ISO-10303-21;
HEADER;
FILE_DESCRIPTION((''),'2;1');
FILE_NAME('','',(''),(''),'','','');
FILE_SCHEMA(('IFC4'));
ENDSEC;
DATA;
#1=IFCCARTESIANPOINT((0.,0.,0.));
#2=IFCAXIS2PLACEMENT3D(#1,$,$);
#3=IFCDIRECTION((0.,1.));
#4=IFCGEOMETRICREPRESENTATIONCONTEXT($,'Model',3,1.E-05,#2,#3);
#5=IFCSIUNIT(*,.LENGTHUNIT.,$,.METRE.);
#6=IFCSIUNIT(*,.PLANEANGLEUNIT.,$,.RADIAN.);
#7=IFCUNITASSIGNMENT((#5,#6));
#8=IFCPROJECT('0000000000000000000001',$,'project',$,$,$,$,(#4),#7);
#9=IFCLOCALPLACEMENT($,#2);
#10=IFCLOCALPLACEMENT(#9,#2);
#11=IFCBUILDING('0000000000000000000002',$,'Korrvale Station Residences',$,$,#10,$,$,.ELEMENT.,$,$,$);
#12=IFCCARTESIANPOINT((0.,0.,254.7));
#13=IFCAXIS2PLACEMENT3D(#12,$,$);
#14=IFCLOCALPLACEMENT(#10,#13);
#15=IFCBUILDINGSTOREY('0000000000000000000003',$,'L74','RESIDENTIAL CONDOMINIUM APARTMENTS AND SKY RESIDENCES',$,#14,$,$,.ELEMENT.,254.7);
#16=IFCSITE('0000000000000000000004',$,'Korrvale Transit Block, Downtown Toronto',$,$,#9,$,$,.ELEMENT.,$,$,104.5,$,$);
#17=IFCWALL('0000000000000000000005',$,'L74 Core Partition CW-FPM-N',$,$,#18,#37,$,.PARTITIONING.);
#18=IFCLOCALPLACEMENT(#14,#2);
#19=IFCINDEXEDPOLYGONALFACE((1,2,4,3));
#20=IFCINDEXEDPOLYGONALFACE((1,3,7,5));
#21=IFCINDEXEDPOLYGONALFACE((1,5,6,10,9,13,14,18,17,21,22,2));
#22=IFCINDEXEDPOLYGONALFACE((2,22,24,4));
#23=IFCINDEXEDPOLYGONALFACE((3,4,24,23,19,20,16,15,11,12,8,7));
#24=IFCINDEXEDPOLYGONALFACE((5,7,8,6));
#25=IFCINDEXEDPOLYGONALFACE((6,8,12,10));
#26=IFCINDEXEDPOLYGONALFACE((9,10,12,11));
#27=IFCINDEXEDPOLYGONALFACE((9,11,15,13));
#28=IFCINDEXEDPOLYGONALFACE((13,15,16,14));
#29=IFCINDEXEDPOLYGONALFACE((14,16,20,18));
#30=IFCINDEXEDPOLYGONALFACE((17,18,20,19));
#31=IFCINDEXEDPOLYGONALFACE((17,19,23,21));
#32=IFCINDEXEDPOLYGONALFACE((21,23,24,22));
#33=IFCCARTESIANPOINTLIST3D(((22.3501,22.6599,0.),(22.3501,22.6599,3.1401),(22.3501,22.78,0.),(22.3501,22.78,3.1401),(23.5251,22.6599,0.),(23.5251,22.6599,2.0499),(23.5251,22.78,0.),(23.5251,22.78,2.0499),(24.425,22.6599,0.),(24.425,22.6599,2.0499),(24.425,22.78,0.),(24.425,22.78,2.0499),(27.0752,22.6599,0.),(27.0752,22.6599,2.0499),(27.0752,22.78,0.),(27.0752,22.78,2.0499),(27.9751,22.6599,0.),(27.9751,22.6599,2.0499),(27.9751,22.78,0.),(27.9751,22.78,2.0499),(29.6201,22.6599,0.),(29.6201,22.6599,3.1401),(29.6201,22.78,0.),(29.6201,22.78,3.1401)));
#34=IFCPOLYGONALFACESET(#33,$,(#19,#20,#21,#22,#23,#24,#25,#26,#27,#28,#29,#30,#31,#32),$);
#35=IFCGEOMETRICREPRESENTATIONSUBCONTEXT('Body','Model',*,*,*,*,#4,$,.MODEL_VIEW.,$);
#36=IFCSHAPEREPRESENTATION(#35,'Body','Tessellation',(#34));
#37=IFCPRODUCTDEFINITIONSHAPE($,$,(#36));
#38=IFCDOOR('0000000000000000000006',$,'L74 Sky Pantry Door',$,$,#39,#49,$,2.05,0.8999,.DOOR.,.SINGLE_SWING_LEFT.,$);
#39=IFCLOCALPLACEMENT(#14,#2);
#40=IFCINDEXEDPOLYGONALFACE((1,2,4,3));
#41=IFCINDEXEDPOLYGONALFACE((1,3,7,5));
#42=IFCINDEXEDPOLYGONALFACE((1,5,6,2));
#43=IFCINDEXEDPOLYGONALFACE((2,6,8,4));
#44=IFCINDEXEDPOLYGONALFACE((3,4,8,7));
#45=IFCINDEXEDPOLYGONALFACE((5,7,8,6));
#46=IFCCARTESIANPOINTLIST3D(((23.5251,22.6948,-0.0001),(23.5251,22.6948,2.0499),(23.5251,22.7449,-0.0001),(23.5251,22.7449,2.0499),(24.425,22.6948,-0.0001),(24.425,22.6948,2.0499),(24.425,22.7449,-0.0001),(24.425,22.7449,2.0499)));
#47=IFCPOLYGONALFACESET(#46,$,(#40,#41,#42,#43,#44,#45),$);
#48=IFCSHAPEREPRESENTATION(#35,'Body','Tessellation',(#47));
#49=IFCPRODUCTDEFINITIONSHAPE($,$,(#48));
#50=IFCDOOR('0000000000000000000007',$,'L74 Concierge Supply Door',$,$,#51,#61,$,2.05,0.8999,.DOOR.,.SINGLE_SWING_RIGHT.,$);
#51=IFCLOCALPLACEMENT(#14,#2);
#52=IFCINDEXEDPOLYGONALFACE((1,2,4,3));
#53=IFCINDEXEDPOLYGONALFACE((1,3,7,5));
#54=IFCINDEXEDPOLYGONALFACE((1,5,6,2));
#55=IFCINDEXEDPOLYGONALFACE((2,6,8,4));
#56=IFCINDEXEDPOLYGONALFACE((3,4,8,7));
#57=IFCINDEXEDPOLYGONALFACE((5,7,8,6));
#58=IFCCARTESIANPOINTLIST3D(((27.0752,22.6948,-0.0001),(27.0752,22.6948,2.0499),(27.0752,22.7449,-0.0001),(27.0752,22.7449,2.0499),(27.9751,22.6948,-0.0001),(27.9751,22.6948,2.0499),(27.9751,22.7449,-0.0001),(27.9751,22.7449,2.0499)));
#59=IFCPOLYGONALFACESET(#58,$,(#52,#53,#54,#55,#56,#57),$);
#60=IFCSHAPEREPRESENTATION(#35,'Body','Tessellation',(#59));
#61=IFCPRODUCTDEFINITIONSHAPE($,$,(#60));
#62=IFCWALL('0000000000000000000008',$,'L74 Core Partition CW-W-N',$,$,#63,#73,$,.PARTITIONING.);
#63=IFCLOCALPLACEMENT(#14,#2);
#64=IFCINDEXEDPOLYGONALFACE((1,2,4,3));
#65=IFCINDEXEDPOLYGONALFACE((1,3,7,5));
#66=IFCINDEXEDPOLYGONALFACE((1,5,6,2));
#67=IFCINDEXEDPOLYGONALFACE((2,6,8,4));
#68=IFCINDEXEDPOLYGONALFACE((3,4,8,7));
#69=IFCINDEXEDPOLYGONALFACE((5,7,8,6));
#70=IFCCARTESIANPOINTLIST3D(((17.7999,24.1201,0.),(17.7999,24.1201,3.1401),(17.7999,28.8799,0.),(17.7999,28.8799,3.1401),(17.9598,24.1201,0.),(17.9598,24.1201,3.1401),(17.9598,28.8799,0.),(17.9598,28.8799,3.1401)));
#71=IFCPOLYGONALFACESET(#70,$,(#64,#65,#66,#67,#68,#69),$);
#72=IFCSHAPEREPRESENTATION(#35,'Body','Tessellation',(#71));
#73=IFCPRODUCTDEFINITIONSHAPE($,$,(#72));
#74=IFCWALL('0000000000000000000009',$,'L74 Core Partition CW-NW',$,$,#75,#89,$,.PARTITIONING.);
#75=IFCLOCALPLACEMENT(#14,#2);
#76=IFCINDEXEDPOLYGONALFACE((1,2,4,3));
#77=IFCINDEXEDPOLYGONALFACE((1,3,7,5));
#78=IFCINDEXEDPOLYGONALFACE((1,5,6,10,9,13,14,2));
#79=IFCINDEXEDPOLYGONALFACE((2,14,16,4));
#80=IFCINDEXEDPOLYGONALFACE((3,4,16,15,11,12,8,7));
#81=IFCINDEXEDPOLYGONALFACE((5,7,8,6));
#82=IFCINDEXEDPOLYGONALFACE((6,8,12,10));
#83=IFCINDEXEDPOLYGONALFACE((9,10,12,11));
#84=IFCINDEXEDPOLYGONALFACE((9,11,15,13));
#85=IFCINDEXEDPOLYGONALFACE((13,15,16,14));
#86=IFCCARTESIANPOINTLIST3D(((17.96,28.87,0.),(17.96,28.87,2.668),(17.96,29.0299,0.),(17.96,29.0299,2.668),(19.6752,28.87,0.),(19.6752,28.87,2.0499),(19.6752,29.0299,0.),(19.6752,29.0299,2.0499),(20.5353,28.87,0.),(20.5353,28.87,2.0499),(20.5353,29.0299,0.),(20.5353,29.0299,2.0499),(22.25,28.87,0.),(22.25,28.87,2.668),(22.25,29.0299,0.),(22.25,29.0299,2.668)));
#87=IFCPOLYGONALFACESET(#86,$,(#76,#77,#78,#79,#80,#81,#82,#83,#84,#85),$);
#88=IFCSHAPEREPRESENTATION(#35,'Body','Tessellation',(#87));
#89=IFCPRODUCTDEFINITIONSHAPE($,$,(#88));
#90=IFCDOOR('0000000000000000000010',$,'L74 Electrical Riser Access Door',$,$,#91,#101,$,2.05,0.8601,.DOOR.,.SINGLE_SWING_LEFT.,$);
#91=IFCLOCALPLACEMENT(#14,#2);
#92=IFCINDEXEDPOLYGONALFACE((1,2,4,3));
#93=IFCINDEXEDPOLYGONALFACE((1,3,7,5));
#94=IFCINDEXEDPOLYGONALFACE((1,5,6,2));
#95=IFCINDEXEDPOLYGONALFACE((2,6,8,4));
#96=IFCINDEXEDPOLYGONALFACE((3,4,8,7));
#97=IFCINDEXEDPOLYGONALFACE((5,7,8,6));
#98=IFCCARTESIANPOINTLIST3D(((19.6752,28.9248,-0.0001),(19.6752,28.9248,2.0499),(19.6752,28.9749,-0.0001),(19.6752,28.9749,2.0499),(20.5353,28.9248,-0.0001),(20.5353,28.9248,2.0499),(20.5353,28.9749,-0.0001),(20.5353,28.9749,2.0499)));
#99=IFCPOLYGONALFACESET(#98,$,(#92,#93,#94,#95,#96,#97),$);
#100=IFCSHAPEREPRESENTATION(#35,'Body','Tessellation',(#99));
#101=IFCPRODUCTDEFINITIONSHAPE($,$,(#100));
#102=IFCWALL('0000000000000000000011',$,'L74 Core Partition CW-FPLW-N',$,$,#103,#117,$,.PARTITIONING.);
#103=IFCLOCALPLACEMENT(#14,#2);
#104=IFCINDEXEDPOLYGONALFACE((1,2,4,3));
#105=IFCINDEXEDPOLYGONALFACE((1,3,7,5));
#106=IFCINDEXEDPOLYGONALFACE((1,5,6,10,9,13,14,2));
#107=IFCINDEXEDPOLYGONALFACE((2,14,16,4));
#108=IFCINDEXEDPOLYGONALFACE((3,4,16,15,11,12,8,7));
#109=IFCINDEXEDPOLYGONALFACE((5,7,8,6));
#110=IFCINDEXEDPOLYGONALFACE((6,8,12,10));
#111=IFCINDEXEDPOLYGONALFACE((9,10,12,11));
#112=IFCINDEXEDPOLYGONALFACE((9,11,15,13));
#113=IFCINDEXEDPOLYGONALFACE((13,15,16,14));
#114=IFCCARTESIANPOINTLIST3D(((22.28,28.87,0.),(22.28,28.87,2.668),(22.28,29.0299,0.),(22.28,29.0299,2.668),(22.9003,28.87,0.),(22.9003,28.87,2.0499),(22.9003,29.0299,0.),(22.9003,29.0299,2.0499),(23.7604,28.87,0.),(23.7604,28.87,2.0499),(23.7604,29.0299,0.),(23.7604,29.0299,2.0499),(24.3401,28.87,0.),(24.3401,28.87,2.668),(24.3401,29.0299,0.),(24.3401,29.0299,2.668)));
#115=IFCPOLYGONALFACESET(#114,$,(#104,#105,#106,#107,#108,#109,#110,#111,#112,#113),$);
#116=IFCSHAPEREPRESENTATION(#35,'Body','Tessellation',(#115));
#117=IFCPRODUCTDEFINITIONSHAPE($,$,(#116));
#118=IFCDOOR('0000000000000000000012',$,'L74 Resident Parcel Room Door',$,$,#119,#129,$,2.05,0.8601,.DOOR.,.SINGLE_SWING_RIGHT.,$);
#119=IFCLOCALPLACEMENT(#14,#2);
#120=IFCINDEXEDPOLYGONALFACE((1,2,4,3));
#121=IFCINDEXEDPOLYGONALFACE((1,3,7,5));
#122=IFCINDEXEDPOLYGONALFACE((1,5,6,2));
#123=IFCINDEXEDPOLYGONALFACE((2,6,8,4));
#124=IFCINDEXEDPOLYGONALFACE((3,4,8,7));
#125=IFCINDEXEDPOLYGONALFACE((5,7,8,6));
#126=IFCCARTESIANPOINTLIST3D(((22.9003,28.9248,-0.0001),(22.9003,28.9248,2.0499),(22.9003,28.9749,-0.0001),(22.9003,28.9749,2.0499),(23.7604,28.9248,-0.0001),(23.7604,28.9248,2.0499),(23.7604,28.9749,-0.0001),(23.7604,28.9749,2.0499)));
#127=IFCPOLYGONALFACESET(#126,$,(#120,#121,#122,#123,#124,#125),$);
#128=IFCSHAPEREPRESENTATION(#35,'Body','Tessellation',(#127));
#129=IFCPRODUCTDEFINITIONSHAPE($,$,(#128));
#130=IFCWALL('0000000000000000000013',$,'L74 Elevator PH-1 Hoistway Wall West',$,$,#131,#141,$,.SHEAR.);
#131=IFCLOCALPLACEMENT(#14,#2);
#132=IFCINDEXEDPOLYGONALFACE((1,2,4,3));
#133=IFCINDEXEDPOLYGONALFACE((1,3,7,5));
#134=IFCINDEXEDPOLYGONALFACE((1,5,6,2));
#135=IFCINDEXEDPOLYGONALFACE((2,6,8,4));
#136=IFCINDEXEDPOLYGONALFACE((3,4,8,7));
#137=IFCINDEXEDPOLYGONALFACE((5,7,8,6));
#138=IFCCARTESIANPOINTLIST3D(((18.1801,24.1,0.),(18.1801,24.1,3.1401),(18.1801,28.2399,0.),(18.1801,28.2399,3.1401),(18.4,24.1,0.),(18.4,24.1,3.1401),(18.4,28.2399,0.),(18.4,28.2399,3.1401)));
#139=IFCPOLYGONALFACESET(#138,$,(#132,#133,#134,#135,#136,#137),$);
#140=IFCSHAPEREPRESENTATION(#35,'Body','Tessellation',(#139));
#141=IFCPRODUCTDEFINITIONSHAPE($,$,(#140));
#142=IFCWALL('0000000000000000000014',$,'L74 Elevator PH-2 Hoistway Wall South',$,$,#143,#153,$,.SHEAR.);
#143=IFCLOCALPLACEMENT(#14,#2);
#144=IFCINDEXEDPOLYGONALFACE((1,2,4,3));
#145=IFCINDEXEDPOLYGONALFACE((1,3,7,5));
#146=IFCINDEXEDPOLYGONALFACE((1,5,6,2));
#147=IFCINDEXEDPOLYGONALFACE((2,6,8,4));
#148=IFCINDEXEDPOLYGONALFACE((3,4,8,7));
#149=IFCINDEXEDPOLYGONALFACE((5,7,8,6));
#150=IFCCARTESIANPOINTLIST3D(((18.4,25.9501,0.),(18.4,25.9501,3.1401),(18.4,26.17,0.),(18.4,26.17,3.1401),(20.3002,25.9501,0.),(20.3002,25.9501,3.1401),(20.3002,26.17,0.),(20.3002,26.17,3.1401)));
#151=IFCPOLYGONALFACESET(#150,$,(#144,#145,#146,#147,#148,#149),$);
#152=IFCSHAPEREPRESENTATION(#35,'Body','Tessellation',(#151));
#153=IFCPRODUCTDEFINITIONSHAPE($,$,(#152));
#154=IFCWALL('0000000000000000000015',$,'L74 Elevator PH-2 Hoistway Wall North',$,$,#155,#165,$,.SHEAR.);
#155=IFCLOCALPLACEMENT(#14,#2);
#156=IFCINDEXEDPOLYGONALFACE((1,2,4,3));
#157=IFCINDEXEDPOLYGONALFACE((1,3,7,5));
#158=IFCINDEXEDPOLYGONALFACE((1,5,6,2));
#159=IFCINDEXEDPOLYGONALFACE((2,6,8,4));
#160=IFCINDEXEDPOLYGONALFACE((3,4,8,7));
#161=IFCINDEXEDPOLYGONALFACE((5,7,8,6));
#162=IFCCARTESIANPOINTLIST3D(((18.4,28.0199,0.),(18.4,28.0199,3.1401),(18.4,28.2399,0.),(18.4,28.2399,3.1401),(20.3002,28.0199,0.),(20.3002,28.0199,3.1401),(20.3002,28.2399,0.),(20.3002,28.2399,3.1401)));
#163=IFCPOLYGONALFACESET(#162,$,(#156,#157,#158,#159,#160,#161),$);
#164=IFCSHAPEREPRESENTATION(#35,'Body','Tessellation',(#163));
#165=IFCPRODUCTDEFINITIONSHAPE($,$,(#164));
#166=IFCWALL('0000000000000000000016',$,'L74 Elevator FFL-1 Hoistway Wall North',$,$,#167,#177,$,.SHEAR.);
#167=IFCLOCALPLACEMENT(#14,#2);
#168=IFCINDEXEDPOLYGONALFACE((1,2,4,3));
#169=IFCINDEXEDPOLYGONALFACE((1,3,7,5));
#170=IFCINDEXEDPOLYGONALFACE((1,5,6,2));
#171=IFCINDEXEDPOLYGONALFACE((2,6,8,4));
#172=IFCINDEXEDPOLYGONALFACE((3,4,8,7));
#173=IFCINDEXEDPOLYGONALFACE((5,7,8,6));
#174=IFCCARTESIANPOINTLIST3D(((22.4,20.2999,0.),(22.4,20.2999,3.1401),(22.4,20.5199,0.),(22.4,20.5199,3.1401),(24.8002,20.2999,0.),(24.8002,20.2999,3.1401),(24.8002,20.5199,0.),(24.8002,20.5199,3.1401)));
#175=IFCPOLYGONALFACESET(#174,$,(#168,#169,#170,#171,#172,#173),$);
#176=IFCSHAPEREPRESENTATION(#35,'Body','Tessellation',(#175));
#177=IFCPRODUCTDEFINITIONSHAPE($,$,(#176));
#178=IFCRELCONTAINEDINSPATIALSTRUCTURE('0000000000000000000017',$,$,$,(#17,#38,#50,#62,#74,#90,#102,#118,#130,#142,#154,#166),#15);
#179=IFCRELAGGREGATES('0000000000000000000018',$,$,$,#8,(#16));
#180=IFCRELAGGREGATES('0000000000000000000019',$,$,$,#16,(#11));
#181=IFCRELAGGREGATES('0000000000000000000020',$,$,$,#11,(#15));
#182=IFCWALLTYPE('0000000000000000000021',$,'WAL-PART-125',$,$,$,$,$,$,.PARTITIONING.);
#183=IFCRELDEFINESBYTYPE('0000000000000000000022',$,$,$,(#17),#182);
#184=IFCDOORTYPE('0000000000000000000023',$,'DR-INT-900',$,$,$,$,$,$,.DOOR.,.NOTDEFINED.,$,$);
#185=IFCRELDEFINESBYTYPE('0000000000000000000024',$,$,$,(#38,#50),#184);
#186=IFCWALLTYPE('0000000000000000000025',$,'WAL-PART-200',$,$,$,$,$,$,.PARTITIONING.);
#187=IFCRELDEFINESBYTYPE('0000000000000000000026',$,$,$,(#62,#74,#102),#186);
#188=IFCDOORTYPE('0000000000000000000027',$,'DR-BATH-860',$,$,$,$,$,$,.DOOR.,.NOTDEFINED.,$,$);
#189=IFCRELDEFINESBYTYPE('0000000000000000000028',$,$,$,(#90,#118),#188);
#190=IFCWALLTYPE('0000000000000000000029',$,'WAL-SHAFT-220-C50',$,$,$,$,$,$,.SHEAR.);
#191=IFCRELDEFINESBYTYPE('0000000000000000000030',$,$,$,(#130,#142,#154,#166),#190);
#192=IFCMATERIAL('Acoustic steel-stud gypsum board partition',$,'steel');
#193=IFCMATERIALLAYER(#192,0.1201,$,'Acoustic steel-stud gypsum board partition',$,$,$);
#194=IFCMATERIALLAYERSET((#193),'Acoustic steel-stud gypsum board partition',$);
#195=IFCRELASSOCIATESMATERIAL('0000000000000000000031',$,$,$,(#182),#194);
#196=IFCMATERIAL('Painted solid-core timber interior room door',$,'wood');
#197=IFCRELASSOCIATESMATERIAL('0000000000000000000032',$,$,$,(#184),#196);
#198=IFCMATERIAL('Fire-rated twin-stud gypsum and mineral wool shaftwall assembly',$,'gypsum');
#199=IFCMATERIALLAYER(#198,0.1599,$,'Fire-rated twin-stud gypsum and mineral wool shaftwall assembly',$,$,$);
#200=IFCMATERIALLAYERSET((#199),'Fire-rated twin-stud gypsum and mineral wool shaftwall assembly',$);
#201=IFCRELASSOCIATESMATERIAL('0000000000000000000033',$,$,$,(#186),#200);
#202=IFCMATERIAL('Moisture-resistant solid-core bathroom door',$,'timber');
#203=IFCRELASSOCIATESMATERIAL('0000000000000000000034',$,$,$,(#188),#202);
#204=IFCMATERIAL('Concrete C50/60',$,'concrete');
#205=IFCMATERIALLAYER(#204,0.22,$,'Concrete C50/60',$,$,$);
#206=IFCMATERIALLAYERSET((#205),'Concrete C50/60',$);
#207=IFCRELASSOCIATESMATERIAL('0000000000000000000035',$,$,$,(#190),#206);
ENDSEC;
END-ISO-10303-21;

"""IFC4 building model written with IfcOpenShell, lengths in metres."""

from ifc_helpers import new_model, si_unit, direction, frame, frame_2d, origin, place, context, subcontext, project, spatial, rectangle, extrude, material, layer, layer_set, type_object, element, fill, save


model = new_model("IFC4")

# Units and contexts
model_context = context("Model", 3, precision=1e-05, world=origin(), true_north=direction((0.0, 1.0)))
body_context = subcontext(model_context, "Body", "Model", "MODEL_VIEW")
ifc_project = project(units=[si_unit("LENGTHUNIT", "METRE"), si_unit("PLANEANGLEUNIT", "RADIAN")], contexts=[model_context])

# Site, building, storey
site_placement = place(None, origin())
site = spatial("IfcSite", under=ifc_project, at=site_placement, Name="Korrvale Transit Block, Downtown Toronto", CompositionType="ELEMENT", RefElevation=104.5)
building_placement = place(site_placement, origin())
building = spatial("IfcBuilding", under=site, at=building_placement, Name="Korrvale Station Residences", CompositionType="ELEMENT")
storey_placement = place(building_placement, frame((0.0, 0.0, 254.7)))
storey = spatial("IfcBuildingStorey", under=building, at=storey_placement, Name="L74", Description="RESIDENTIAL CONDOMINIUM APARTMENTS AND SKY RESIDENCES", CompositionType="ELEMENT", Elevation=254.7)

# Shared definitions
ifc_material_1 = material(Name="Concrete C50/60", Category="concrete")

# Shared definitions
ifc_material_2 = material(Name="Acoustic steel-stud gypsum board partition", Category="steel")
ifc_layer_1 = layer(ifc_material_2, 0.1201, Name="Acoustic steel-stud gypsum board partition")
ifc_layer_set_1 = layer_set([ifc_layer_1], Name="Acoustic steel-stud gypsum board partition")
wall_type_1 = type_object("IfcWallType", Name="WAL-PART-125", PredefinedType="PARTITIONING", material=ifc_layer_set_1)

# Wall, openings, doors
wall_1_placement = place(storey_placement, frame((22.3501, 22.72, 0.0), z_axis=(0.0, 0.0, 1.0), x_axis=(1.0, 0.0, 0.0)))
wall_1 = element("IfcWall", 1, at=wall_1_placement, inside=storey, type_object=wall_type_1, Name="L74 Core Partition CW-FPM-N", PredefinedType="PARTITIONING", context=body_context, shape_type="SweptSolid", body=[
    extrude(rectangle(XDim=7.27, YDim=0.1201, at=frame_2d((3.635, 0.0))), origin(), (0.0, 0.0, 1.0), 3.1401),
])
opening_1_placement = place(wall_1_placement, frame((1.175, 0.0, 0.0)))
opening_1 = element("IfcOpeningElement", 2, at=opening_1_placement, cuts=wall_1, PredefinedType="OPENING", context=body_context, shape_type="SweptSolid", body=[
    extrude(rectangle(XDim=0.8999, YDim=2.05, at=frame_2d((0.45, 1.0249))), frame((0.0, 0.0701, 0.0), z_axis=(0.0, -1.0, 0.0), x_axis=(1.0, 0.0, 0.0)), (0.0, 0.0, 1.0), 0.1401),
])
opening_2_placement = place(wall_1_placement, frame((4.7251, 0.0, 0.0)))
opening_2 = element("IfcOpeningElement", 3, at=opening_2_placement, cuts=wall_1, PredefinedType="OPENING", context=body_context, shape_type="SweptSolid", body=[
    extrude(rectangle(XDim=0.8999, YDim=2.05, at=frame_2d((0.45, 1.0249))), frame((0.0, 0.0701, 0.0), z_axis=(0.0, -1.0, 0.0), x_axis=(1.0, 0.0, 0.0)), (0.0, 0.0, 1.0), 0.1401),
])
ifc_material_3 = material(Name="Painted solid-core timber interior room door", Category="wood")
door_type_1 = type_object("IfcDoorType", Name="DR-INT-900", OperationType="NOTDEFINED", PredefinedType="DOOR", material=ifc_material_3)
door_1_placement = place(opening_1_placement, origin())
door_1 = element("IfcDoor", 4, at=door_1_placement, inside=storey, type_object=door_type_1, Name="L74 Sky Pantry Door", OperationType="SINGLE_SWING_LEFT", OverallHeight=2.05, OverallWidth=0.8999, PredefinedType="DOOR", context=body_context, shape_type="SweptSolid", body=[
    extrude(rectangle(XDim=0.8999, YDim=2.05, at=frame_2d((0.45, 1.0249))), frame((0.0, 0.0249, 0.0), z_axis=(0.0, -1.0, 0.0), x_axis=(1.0, 0.0, 0.0)), (0.0, 0.0, 1.0), 0.05),
])
fill(opening_1, door_1)
door_2_placement = place(opening_2_placement, origin())
door_2 = element("IfcDoor", 5, at=door_2_placement, inside=storey, type_object=door_type_1, Name="L74 Concierge Supply Door", OperationType="SINGLE_SWING_RIGHT", OverallHeight=2.05, OverallWidth=0.8999, PredefinedType="DOOR", context=body_context, shape_type="SweptSolid", body=[
    extrude(rectangle(XDim=0.8999, YDim=2.05, at=frame_2d((0.45, 1.0249))), frame((0.0, 0.0249, 0.0), z_axis=(0.0, -1.0, 0.0), x_axis=(1.0, 0.0, 0.0)), (0.0, 0.0, 1.0), 0.05),
])
fill(opening_2, door_2)

# Wall
ifc_material_4 = material(Name="Fire-rated twin-stud gypsum and mineral wool shaftwall assembly", Category="gypsum")
ifc_layer_2 = layer(ifc_material_4, 0.1599, Name="Fire-rated twin-stud gypsum and mineral wool shaftwall assembly")
ifc_layer_set_2 = layer_set([ifc_layer_2], Name="Fire-rated twin-stud gypsum and mineral wool shaftwall assembly")
wall_type_2 = type_object("IfcWallType", Name="WAL-PART-200", PredefinedType="PARTITIONING", material=ifc_layer_set_2)
wall_2_placement = place(storey_placement, frame((17.8799, 24.1201, 0.0), z_axis=(0.0, 0.0, 1.0), x_axis=(0.0, 1.0, 0.0)))
element("IfcWall", 6, at=wall_2_placement, inside=storey, type_object=wall_type_2, Name="L74 Core Partition CW-W-N", PredefinedType="PARTITIONING", context=body_context, shape_type="SweptSolid", body=[
    extrude(rectangle(XDim=4.7598, YDim=0.1599, at=frame_2d((2.3799, 0.0))), origin(), (0.0, 0.0, 1.0), 3.1401),
])

# Walls, openings, doors
wall_3_placement = place(storey_placement, frame((17.96, 28.95, 0.0), z_axis=(0.0, 0.0, 1.0), x_axis=(1.0, 0.0, 0.0)))
wall_3 = element("IfcWall", 7, at=wall_3_placement, inside=storey, type_object=wall_type_2, Name="L74 Core Partition CW-NW", PredefinedType="PARTITIONING", context=body_context, shape_type="SweptSolid", body=[
    extrude(rectangle(XDim=4.29, YDim=0.1599, at=frame_2d((2.145, 0.0))), origin(), (0.0, 0.0, 1.0), 2.668),
])
opening_3_placement = place(wall_3_placement, frame((1.7151, 0.0, 0.0)))
opening_3 = element("IfcOpeningElement", 8, at=opening_3_placement, cuts=wall_3, PredefinedType="OPENING", context=body_context, shape_type="SweptSolid", body=[
    extrude(rectangle(XDim=0.8601, YDim=2.05, at=frame_2d((0.4302, 1.0249))), frame((0.0, 0.0898, 0.0), z_axis=(0.0, -1.0, 0.0), x_axis=(1.0, 0.0, 0.0)), (0.0, 0.0, 1.0), 0.1799),
])
ifc_material_5 = material(Name="Moisture-resistant solid-core bathroom door", Category="timber")
door_type_2 = type_object("IfcDoorType", Name="DR-BATH-860", OperationType="NOTDEFINED", PredefinedType="DOOR", material=ifc_material_5)
door_3_placement = place(opening_3_placement, origin())
door_3 = element("IfcDoor", 9, at=door_3_placement, inside=storey, type_object=door_type_2, Name="L74 Electrical Riser Access Door", OperationType="SINGLE_SWING_LEFT", OverallHeight=2.05, OverallWidth=0.8601, PredefinedType="DOOR", context=body_context, shape_type="SweptSolid", body=[
    extrude(rectangle(XDim=0.8601, YDim=2.05, at=frame_2d((0.4302, 1.0249))), frame((0.0, 0.0249, 0.0), z_axis=(0.0, -1.0, 0.0), x_axis=(1.0, 0.0, 0.0)), (0.0, 0.0, 1.0), 0.05),
])
fill(opening_3, door_3)
wall_4_placement = place(storey_placement, frame((22.28, 28.95, 0.0), z_axis=(0.0, 0.0, 1.0), x_axis=(1.0, 0.0, 0.0)))
wall_4 = element("IfcWall", 10, at=wall_4_placement, inside=storey, type_object=wall_type_2, Name="L74 Core Partition CW-FPLW-N", PredefinedType="PARTITIONING", context=body_context, shape_type="SweptSolid", body=[
    extrude(rectangle(XDim=2.0601, YDim=0.1599, at=frame_2d((1.03, 0.0))), origin(), (0.0, 0.0, 1.0), 2.668),
])
opening_4_placement = place(wall_4_placement, frame((0.6201, 0.0, 0.0)))
opening_4 = element("IfcOpeningElement", 11, at=opening_4_placement, cuts=wall_4, PredefinedType="OPENING", context=body_context, shape_type="SweptSolid", body=[
    extrude(rectangle(XDim=0.8601, YDim=2.05, at=frame_2d((0.4302, 1.0249))), frame((0.0, 0.0898, 0.0), z_axis=(0.0, -1.0, 0.0), x_axis=(1.0, 0.0, 0.0)), (0.0, 0.0, 1.0), 0.1799),
])
door_4_placement = place(opening_4_placement, origin())
door_4 = element("IfcDoor", 12, at=door_4_placement, inside=storey, type_object=door_type_2, Name="L74 Resident Parcel Room Door", OperationType="SINGLE_SWING_RIGHT", OverallHeight=2.05, OverallWidth=0.8601, PredefinedType="DOOR", context=body_context, shape_type="SweptSolid", body=[
    extrude(rectangle(XDim=0.8601, YDim=2.05, at=frame_2d((0.4302, 1.0249))), frame((0.0, 0.0249, 0.0), z_axis=(0.0, -1.0, 0.0), x_axis=(1.0, 0.0, 0.0)), (0.0, 0.0, 1.0), 0.05),
])
fill(opening_4, door_4)

# Wall
ifc_layer_3 = layer(ifc_material_1, 0.22, Name="Concrete C50/60")
ifc_layer_set_3 = layer_set([ifc_layer_3], Name="Concrete C50/60")
wall_type_3 = type_object("IfcWallType", Name="WAL-SHAFT-220-C50", PredefinedType="SHEAR", material=ifc_layer_set_3)
wall_5_placement = place(storey_placement, frame((18.29, 24.1001, 0.0), z_axis=(0.0, 0.0, 1.0), x_axis=(0.0, 1.0, 0.0)))
element("IfcWall", 13, at=wall_5_placement, inside=storey, type_object=wall_type_3, Name="L74 Elevator PH-1 Hoistway Wall West", PredefinedType="SHEAR", context=body_context, shape_type="SweptSolid", body=[
    extrude(rectangle(XDim=4.1399, YDim=0.22, at=frame_2d((2.0698, 0.0))), origin(), (0.0, 0.0, 1.0), 3.1401),
])

# Walls
for number, where, z_axis, x_axis, name in (
    (14, (18.3999, 26.0601, 0.0), (0.0, 0.0, 1.0), (1.0, 0.0, 0.0), "L74 Elevator PH-2 Hoistway Wall South"),
    (15, (18.3999, 28.1299, 0.0), (0.0, 0.0, 1.0), (1.0, 0.0, 0.0), "L74 Elevator PH-2 Hoistway Wall North"),
):
    element("IfcWall", number, at=place(storey_placement, frame(where, z_axis=z_axis, x_axis=x_axis)), inside=storey, type_object=wall_type_3, Name=name, PredefinedType="SHEAR", context=body_context, shape_type="SweptSolid", body=[
        extrude(rectangle(XDim=1.9001, YDim=0.22, at=frame_2d((0.9502, 0.0))), origin(), (0.0, 0.0, 1.0), 3.1401),
    ])

# Wall
wall_6_placement = place(storey_placement, frame((22.3999, 20.4099, 0.0), z_axis=(0.0, 0.0, 1.0), x_axis=(1.0, 0.0, 0.0)))
element("IfcWall", 16, at=wall_6_placement, inside=storey, type_object=wall_type_3, Name="L74 Elevator FFL-1 Hoistway Wall North", PredefinedType="SHEAR", context=body_context, shape_type="SweptSolid", body=[
    extrude(rectangle(XDim=2.4001, YDim=0.22, at=frame_2d((1.2002, 0.0))), origin(), (0.0, 0.0, 1.0), 3.1401),
])

save(model, "model.ifc")
